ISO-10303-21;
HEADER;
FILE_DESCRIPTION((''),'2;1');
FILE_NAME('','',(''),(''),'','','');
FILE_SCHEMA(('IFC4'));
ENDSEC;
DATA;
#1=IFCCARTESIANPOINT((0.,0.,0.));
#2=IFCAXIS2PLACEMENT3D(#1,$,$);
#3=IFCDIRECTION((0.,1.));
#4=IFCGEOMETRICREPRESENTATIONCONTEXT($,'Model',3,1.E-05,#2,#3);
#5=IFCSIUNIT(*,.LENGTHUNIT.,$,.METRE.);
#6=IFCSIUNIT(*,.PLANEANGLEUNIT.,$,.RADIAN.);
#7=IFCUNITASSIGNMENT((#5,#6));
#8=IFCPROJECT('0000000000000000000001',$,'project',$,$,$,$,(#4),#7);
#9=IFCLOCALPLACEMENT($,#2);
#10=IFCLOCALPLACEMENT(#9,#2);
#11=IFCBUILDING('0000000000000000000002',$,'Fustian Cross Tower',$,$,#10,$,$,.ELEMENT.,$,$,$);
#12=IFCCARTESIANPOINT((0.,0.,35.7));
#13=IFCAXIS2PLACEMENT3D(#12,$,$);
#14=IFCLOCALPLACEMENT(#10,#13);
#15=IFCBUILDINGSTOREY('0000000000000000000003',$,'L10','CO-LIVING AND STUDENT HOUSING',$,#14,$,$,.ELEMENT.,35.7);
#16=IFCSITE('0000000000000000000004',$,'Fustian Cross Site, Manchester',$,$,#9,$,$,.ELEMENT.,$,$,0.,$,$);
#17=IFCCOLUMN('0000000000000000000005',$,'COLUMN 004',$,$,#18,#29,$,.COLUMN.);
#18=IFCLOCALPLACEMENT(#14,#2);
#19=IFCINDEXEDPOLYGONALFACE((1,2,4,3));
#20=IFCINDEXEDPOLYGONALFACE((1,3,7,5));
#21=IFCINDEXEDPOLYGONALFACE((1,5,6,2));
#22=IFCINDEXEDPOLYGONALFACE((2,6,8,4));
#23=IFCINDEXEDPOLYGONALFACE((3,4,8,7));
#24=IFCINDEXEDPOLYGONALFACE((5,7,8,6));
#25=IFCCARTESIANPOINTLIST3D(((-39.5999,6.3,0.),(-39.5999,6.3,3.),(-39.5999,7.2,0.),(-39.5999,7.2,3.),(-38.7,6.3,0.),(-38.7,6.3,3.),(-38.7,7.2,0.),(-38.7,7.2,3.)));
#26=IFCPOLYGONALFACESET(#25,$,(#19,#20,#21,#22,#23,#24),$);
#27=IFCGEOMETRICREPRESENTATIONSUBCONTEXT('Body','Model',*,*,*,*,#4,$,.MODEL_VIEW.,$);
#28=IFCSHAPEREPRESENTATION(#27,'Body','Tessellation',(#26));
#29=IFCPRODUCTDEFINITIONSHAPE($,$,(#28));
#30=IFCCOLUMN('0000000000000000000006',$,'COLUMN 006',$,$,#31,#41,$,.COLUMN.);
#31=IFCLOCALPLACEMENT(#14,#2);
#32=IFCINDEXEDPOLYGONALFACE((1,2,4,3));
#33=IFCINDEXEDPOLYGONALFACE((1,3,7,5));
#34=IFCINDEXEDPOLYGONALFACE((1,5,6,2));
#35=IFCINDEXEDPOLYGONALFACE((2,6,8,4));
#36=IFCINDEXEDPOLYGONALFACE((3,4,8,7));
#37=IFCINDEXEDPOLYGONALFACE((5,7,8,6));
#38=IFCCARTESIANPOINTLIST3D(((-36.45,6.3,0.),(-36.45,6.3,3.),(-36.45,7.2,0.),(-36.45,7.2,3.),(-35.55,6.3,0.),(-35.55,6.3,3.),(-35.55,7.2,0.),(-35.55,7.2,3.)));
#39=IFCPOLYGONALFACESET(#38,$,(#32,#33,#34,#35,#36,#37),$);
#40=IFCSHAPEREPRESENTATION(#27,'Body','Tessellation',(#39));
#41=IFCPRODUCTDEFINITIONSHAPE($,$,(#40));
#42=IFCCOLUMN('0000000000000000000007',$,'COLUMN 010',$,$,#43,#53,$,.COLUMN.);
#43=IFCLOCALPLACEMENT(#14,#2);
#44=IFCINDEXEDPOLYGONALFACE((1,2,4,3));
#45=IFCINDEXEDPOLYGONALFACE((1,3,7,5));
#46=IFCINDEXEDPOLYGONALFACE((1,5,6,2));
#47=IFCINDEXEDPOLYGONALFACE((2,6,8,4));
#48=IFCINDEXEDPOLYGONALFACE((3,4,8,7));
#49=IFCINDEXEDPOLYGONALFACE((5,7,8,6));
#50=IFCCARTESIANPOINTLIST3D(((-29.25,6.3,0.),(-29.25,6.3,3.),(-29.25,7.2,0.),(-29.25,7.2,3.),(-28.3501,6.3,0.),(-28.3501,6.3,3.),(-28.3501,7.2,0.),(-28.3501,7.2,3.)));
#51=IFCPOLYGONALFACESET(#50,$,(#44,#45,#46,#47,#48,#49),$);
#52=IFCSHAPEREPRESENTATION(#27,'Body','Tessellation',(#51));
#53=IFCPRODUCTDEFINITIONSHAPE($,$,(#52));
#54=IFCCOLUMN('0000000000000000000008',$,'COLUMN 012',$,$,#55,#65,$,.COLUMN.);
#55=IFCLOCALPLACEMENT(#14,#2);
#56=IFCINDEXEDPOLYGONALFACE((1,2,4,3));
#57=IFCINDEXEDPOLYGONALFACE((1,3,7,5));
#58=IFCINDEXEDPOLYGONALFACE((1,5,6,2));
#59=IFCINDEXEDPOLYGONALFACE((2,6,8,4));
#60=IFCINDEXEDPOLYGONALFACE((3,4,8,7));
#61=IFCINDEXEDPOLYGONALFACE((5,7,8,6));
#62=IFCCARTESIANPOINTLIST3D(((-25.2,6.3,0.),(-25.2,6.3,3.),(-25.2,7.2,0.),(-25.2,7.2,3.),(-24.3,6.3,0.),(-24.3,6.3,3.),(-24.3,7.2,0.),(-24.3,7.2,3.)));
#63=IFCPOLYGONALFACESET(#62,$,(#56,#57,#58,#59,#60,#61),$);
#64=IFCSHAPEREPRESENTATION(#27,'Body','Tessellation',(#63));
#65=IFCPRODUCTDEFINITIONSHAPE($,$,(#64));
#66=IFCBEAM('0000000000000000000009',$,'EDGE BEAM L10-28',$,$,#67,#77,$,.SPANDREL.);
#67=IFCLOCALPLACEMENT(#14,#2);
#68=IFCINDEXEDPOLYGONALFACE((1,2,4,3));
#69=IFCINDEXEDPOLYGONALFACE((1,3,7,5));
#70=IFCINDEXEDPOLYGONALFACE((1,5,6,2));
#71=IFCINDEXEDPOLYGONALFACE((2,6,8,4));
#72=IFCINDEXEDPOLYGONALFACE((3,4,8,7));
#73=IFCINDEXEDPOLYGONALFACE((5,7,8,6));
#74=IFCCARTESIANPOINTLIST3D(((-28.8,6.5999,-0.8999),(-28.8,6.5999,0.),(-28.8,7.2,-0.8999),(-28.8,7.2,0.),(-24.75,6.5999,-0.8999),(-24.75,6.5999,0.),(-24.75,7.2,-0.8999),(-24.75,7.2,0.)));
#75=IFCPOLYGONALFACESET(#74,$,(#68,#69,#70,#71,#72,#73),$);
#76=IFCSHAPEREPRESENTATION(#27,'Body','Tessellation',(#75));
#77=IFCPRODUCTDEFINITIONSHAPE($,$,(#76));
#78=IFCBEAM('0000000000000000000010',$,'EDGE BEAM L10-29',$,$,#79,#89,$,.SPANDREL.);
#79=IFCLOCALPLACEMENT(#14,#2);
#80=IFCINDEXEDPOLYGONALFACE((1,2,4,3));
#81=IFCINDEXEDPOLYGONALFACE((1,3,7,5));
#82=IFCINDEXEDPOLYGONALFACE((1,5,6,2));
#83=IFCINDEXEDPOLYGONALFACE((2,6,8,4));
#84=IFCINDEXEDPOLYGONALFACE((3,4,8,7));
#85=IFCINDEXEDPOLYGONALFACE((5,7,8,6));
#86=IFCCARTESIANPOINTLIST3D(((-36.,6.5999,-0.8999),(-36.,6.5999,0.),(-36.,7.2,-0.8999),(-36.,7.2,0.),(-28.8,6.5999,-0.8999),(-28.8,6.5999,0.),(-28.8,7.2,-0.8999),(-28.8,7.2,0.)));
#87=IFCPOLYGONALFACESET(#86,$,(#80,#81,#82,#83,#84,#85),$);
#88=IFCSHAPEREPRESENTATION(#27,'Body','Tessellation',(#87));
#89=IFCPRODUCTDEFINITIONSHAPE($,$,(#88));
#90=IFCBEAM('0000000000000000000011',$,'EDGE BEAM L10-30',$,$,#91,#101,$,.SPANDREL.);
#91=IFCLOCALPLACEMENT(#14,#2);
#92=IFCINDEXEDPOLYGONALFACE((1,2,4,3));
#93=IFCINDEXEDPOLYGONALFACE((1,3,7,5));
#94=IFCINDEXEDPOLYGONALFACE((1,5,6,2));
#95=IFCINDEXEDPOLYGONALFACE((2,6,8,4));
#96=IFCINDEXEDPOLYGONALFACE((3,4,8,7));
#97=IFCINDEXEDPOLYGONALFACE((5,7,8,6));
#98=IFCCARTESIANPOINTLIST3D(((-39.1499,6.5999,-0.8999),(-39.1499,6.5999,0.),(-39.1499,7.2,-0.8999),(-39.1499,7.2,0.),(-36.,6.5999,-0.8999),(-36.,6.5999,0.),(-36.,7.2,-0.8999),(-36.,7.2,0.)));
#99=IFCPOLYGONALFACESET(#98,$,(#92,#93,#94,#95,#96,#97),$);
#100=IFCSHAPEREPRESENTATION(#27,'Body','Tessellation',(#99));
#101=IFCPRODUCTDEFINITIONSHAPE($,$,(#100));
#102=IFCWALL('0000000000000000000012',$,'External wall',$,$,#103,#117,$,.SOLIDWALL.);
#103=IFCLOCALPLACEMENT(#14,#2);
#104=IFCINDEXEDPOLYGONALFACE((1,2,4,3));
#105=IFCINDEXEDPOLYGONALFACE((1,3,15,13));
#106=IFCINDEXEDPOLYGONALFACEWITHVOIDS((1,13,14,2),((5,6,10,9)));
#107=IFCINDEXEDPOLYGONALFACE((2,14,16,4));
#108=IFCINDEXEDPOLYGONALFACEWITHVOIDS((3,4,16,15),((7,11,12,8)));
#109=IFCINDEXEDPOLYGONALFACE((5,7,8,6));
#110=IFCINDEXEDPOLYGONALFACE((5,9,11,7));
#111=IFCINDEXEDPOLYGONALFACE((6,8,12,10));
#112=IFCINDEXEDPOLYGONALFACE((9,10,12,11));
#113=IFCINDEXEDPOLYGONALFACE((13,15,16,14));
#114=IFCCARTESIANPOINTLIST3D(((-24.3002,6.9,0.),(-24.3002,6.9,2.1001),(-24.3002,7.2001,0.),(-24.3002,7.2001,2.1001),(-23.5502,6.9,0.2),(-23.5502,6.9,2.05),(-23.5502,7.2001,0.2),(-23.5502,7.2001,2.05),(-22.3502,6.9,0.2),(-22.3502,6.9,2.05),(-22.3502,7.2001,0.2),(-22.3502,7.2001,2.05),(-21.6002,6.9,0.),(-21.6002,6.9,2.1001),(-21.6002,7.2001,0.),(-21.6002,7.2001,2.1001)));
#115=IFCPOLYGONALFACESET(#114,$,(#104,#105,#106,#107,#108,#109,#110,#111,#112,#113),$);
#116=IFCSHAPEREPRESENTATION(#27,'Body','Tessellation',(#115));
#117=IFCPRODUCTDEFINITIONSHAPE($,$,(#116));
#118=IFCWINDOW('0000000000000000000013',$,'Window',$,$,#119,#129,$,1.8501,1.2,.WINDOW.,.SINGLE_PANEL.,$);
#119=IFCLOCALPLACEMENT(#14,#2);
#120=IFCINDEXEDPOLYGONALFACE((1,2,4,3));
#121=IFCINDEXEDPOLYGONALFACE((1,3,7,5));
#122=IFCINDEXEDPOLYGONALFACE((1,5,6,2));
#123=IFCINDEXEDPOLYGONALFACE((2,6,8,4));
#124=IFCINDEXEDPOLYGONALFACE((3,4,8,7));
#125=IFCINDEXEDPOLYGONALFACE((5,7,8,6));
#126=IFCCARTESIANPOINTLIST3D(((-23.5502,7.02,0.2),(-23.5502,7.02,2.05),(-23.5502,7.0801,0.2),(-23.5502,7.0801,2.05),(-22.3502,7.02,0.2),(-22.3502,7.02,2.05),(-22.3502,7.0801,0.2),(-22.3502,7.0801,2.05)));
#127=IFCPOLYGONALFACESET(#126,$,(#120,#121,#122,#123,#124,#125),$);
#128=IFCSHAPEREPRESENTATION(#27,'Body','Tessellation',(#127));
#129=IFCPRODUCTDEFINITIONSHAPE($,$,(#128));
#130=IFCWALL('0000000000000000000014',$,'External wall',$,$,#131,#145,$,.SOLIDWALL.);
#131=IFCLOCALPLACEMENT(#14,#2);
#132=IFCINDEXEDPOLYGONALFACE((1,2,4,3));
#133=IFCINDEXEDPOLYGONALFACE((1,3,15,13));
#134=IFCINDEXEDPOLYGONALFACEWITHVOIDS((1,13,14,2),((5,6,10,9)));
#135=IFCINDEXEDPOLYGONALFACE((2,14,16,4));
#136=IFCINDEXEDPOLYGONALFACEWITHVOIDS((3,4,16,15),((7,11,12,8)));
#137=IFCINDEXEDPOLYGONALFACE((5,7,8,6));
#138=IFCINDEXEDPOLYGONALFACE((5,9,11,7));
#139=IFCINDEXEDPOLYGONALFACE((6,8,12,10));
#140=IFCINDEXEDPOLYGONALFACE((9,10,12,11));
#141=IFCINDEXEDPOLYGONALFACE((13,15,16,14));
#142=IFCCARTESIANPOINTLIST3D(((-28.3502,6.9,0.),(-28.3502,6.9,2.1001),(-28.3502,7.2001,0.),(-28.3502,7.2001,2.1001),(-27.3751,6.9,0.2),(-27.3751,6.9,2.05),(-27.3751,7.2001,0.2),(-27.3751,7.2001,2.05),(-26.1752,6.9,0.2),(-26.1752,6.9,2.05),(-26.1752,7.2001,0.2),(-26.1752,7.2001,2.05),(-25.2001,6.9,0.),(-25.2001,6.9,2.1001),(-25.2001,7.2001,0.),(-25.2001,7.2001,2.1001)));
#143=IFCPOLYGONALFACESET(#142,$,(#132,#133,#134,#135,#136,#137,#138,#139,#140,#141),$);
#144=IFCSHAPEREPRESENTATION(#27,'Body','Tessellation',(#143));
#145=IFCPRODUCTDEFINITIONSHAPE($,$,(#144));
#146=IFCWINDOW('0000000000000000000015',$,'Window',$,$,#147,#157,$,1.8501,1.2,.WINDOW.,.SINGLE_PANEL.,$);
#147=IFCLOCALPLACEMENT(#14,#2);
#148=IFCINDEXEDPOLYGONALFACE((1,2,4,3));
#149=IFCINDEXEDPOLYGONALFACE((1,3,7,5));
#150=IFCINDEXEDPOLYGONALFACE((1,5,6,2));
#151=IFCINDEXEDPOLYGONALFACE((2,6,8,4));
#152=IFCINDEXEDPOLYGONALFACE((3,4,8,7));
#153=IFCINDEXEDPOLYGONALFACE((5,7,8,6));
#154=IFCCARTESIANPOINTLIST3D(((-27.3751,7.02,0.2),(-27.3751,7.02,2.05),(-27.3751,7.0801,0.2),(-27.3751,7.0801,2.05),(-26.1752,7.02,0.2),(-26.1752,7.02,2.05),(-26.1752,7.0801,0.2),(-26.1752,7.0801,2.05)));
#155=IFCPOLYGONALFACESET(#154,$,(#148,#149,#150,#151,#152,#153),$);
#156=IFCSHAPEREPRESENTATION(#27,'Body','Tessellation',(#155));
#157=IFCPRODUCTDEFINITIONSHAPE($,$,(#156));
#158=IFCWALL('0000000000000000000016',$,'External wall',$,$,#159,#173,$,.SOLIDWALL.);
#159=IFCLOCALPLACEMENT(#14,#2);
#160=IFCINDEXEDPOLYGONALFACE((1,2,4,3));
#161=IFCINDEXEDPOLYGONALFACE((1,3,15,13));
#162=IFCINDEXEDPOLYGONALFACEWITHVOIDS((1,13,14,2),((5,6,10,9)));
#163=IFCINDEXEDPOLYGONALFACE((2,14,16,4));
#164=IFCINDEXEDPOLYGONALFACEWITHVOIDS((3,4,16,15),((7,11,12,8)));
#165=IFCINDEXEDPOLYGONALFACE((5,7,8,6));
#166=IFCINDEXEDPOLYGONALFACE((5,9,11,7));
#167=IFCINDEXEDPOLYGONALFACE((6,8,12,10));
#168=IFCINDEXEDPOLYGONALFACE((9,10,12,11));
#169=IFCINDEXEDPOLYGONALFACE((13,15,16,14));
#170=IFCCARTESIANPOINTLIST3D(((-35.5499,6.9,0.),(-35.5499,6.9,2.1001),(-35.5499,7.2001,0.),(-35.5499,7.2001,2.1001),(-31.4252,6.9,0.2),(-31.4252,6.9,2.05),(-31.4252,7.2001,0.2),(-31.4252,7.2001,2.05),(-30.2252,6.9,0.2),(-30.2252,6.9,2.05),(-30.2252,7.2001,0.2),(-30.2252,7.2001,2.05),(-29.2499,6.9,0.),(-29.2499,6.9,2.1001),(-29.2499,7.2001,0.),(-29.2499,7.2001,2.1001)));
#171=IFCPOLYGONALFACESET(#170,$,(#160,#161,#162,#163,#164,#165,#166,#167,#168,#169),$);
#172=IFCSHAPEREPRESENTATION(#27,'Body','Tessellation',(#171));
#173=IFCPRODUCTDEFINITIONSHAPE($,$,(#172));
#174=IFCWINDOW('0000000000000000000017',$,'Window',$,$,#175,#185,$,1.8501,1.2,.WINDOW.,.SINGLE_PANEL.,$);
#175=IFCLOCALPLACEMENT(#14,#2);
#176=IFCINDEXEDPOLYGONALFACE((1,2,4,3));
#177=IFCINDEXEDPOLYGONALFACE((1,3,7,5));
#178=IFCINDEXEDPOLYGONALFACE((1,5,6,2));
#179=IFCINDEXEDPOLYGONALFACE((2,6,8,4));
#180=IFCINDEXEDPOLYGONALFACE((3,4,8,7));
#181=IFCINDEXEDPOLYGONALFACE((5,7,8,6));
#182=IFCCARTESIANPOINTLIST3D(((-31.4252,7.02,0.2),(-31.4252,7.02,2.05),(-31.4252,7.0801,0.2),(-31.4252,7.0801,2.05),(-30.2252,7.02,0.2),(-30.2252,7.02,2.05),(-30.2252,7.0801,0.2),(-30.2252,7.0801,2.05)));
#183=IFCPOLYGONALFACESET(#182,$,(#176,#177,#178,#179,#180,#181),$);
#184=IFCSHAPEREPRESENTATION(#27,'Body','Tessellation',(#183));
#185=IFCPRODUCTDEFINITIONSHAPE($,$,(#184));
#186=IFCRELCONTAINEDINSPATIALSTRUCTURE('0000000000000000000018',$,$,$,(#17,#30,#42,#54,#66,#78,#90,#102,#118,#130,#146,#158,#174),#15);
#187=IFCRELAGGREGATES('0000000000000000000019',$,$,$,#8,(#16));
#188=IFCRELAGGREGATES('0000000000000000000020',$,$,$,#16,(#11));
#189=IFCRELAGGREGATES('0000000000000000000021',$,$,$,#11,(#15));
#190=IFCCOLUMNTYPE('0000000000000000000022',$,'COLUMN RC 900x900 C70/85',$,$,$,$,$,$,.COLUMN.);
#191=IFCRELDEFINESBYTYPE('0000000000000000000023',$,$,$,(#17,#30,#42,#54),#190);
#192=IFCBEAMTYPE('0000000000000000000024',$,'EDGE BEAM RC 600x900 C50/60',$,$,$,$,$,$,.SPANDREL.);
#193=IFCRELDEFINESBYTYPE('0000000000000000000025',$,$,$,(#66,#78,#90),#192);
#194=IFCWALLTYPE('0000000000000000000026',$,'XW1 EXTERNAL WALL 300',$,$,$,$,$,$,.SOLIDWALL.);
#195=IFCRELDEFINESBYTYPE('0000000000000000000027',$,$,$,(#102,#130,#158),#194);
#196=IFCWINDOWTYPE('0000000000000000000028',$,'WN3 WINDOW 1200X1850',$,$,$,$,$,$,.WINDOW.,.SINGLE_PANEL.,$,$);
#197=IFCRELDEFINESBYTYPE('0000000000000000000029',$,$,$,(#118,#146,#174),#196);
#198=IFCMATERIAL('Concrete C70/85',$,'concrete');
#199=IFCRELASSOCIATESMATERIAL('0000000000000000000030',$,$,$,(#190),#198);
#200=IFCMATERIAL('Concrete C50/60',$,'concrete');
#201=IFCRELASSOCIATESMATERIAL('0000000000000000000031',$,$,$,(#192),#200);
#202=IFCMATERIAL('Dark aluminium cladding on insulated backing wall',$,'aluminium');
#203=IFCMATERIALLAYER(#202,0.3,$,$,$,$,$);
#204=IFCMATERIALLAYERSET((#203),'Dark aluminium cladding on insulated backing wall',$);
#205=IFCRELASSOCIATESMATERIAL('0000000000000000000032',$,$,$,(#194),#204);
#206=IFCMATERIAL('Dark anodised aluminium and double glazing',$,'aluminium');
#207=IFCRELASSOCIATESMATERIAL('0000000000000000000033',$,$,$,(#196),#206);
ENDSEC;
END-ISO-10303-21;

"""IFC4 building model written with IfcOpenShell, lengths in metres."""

from ifc_helpers import new_model, si_unit, direction, frame, frame_2d, origin, origin_2d, place, context, subcontext, project, spatial, rectangle, extrude, material, layer, layer_set, material_profile, profile_set, type_object, element, fill, save


model = new_model("IFC4")

# Units and contexts
model_context = context("Model", 3, precision=1e-05, world=origin(), true_north=direction((0.0, 1.0)))
body_context = subcontext(model_context, "Body", "Model", "MODEL_VIEW")
ifc_project = project(units=[si_unit("LENGTHUNIT", "METRE"), si_unit("PLANEANGLEUNIT", "RADIAN")], contexts=[model_context])

# Site, building, storey
site_placement = place(None, origin())
site = spatial("IfcSite", under=ifc_project, at=site_placement, Name="Fustian Cross Site, Manchester", CompositionType="ELEMENT", RefElevation=0.0)
building_placement = place(site_placement, origin())
building = spatial("IfcBuilding", under=site, at=building_placement, Name="Fustian Cross Tower", CompositionType="ELEMENT")
storey_placement = place(building_placement, frame((0.0, 0.0, 35.7)))
storey = spatial("IfcBuildingStorey", under=building, at=storey_placement, Name="L10", Description="CO-LIVING AND STUDENT HOUSING", CompositionType="ELEMENT", Elevation=35.7)

# Columns
ifc_material_1 = material(Name="Concrete C70/85", Category="concrete")
ifc_material_profile_1 = material_profile(ifc_material_1, rectangle(XDim=0.8999, YDim=0.8999, at=origin_2d()), Name="RC 900x900")
ifc_profile_set_1 = profile_set([ifc_material_profile_1], Name="Concrete C70/85")
column_type = type_object("IfcColumnType", Name="COLUMN RC 900x900 C70/85", PredefinedType="COLUMN", material=ifc_profile_set_1)
for number, where, z_axis, x_axis, name in (
    (1, (-39.1499, 6.75, 0.0), (0.0, 0.0, 1.0), (1.0, 0.0, 0.0), "COLUMN 004"),
    (2, (-36.0, 6.75, 0.0), (0.0, 0.0, 1.0), (1.0, 0.0, 0.0), "COLUMN 006"),
    (3, (-28.8, 6.75, 0.0), (0.0, 0.0, 1.0), (1.0, 0.0, 0.0), "COLUMN 010"),
    (4, (-24.75, 6.75, 0.0), (0.0, 0.0, 1.0), (1.0, 0.0, 0.0), "COLUMN 012"),
):
    element("IfcColumn", number, at=place(storey_placement, frame(where, z_axis=z_axis, x_axis=x_axis)), inside=storey, type_object=column_type, Name=name, PredefinedType="COLUMN", context=body_context, shape_type="SweptSolid", body=[
        extrude(rectangle(XDim=0.8999, YDim=0.8999, at=origin_2d()), origin(), (0.0, 0.0, 1.0), 3.0),
    ])

# Beams
ifc_material_2 = material(Name="Concrete C50/60", Category="concrete")
ifc_material_profile_2 = material_profile(ifc_material_2, rectangle(XDim=0.6001, YDim=0.8999, at=origin_2d()), Name="RC 600x900")
ifc_profile_set_2 = profile_set([ifc_material_profile_2], Name="Concrete C50/60")
beam_type = type_object("IfcBeamType", Name="EDGE BEAM RC 600x900 C50/60", PredefinedType="SPANDREL", material=ifc_profile_set_2)
beam_1_placement = place(storey_placement, frame((-24.75, 6.8999, -0.45), z_axis=(-1.0, 0.0, 0.0), x_axis=(0.0, -1.0, 0.0)))
element("IfcBeam", 5, at=beam_1_placement, inside=storey, type_object=beam_type, Name="EDGE BEAM L10-28", PredefinedType="SPANDREL", context=body_context, shape_type="SweptSolid", body=[
    extrude(rectangle(XDim=0.6001, YDim=0.8999, at=origin_2d()), origin(), (0.0, 0.0, 1.0), 4.05),
])
beam_2_placement = place(storey_placement, frame((-28.8, 6.8999, -0.45), z_axis=(-1.0, 0.0, 0.0), x_axis=(0.0, -1.0, 0.0)))
element("IfcBeam", 6, at=beam_2_placement, inside=storey, type_object=beam_type, Name="EDGE BEAM L10-29", PredefinedType="SPANDREL", context=body_context, shape_type="SweptSolid", body=[
    extrude(rectangle(XDim=0.6001, YDim=0.8999, at=origin_2d()), origin(), (0.0, 0.0, 1.0), 7.2),
])
beam_3_placement = place(storey_placement, frame((-36.0, 6.8999, -0.45), z_axis=(-1.0, 0.0, 0.0), x_axis=(0.0, -1.0, 0.0)))
element("IfcBeam", 7, at=beam_3_placement, inside=storey, type_object=beam_type, Name="EDGE BEAM L10-30", PredefinedType="SPANDREL", context=body_context, shape_type="SweptSolid", body=[
    extrude(rectangle(XDim=0.6001, YDim=0.8999, at=origin_2d()), origin(), (0.0, 0.0, 1.0), 3.1499),
])

# Walls, openings, windows
ifc_material_3 = material(Name="Dark aluminium cladding on insulated backing wall", Category="aluminium")
ifc_layer = layer(ifc_material_3, 0.3)
ifc_layer_set = layer_set([ifc_layer], Name="Dark aluminium cladding on insulated backing wall")
wall_type = type_object("IfcWallType", Name="XW1 EXTERNAL WALL 300", PredefinedType="SOLIDWALL", material=ifc_layer_set)
wall_1_placement = place(storey_placement, frame((-21.6001, 7.05, 0.0), z_axis=(0.0, 0.0, 1.0), x_axis=(-1.0, 0.0, 0.0)))
wall_1 = element("IfcWall", 8, at=wall_1_placement, inside=storey, type_object=wall_type, Name="External wall", PredefinedType="SOLIDWALL", context=body_context, shape_type="SweptSolid", body=[
    extrude(rectangle(XDim=2.7, YDim=0.3, at=frame_2d((1.3501, 0.0))), origin(), (0.0, 0.0, 1.0), 2.1001),
])
opening_1_placement = place(wall_1_placement, frame((0.75, 0.0, 0.2)))
opening_1 = element("IfcOpeningElement", 9, at=opening_1_placement, cuts=wall_1, PredefinedType="OPENING", context=body_context, shape_type="SweptSolid", body=[
    extrude(rectangle(XDim=1.2, YDim=1.8501, at=frame_2d((0.6001, 0.925))), frame((0.0, 0.1599, 0.0), z_axis=(0.0, -1.0, 0.0), x_axis=(1.0, 0.0, 0.0)), (0.0, 0.0, 1.0), 0.3201),
])
ifc_material_4 = material(Name="Dark anodised aluminium and double glazing", Category="aluminium")
window_type = type_object("IfcWindowType", Name="WN3 WINDOW 1200X1850", PartitioningType="SINGLE_PANEL", PredefinedType="WINDOW", material=ifc_material_4)
window_1_placement = place(opening_1_placement, origin())
window_1 = element("IfcWindow", 10, at=window_1_placement, inside=storey, type_object=window_type, Name="Window", OverallHeight=1.8501, OverallWidth=1.2, PartitioningType="SINGLE_PANEL", PredefinedType="WINDOW", context=body_context, shape_type="SweptSolid", body=[
    extrude(rectangle(XDim=1.2, YDim=1.8501, at=frame_2d((0.6001, 0.925))), frame((0.0, 0.03, 0.0), z_axis=(0.0, -1.0, 0.0), x_axis=(1.0, 0.0, 0.0)), (0.0, 0.0, 1.0), 0.0601),
])
fill(opening_1, window_1)
wall_2_placement = place(storey_placement, frame((-25.2, 7.05, 0.0), z_axis=(0.0, 0.0, 1.0), x_axis=(-1.0, 0.0, 0.0)))
wall_2 = element("IfcWall", 11, at=wall_2_placement, inside=storey, type_object=wall_type, Name="External wall", PredefinedType="SOLIDWALL", context=body_context, shape_type="SweptSolid", body=[
    extrude(rectangle(XDim=3.1501, YDim=0.3, at=frame_2d((1.5752, 0.0))), origin(), (0.0, 0.0, 1.0), 2.1001),
])
opening_2_placement = place(wall_2_placement, frame((0.9751, 0.0, 0.2)))
opening_2 = element("IfcOpeningElement", 12, at=opening_2_placement, cuts=wall_2, PredefinedType="OPENING", context=body_context, shape_type="SweptSolid", body=[
    extrude(rectangle(XDim=1.2, YDim=1.8501, at=frame_2d((0.6001, 0.925))), frame((0.0, 0.1599, 0.0), z_axis=(0.0, -1.0, 0.0), x_axis=(1.0, 0.0, 0.0)), (0.0, 0.0, 1.0), 0.3201),
])
window_2_placement = place(opening_2_placement, origin())
window_2 = element("IfcWindow", 13, at=window_2_placement, inside=storey, type_object=window_type, Name="Window", OverallHeight=1.8501, OverallWidth=1.2, PartitioningType="SINGLE_PANEL", PredefinedType="WINDOW", context=body_context, shape_type="SweptSolid", body=[
    extrude(rectangle(XDim=1.2, YDim=1.8501, at=frame_2d((0.6001, 0.925))), frame((0.0, 0.03, 0.0), z_axis=(0.0, -1.0, 0.0), x_axis=(1.0, 0.0, 0.0)), (0.0, 0.0, 1.0), 0.0601),
])
fill(opening_2, window_2)
wall_3_placement = place(storey_placement, frame((-29.25, 7.05, 0.0), z_axis=(0.0, 0.0, 1.0), x_axis=(-1.0, 0.0, 0.0)))
wall_3 = element("IfcWall", 14, at=wall_3_placement, inside=storey, type_object=wall_type, Name="External wall", PredefinedType="SOLIDWALL", context=body_context, shape_type="SweptSolid", body=[
    extrude(rectangle(XDim=6.3, YDim=0.3, at=frame_2d((3.1499, 0.0))), origin(), (0.0, 0.0, 1.0), 2.1001),
])
opening_3_placement = place(wall_3_placement, frame((0.9751, 0.0, 0.2)))
opening_3 = element("IfcOpeningElement", 15, at=opening_3_placement, cuts=wall_3, PredefinedType="OPENING", context=body_context, shape_type="SweptSolid", body=[
    extrude(rectangle(XDim=1.2, YDim=1.8501, at=frame_2d((0.6001, 0.925))), frame((0.0, 0.1599, 0.0), z_axis=(0.0, -1.0, 0.0), x_axis=(1.0, 0.0, 0.0)), (0.0, 0.0, 1.0), 0.3201),
])
window_3_placement = place(opening_3_placement, origin())
window_3 = element("IfcWindow", 16, at=window_3_placement, inside=storey, type_object=window_type, Name="Window", OverallHeight=1.8501, OverallWidth=1.2, PartitioningType="SINGLE_PANEL", PredefinedType="WINDOW", context=body_context, shape_type="SweptSolid", body=[
    extrude(rectangle(XDim=1.2, YDim=1.8501, at=frame_2d((0.6001, 0.925))), frame((0.0, 0.03, 0.0), z_axis=(0.0, -1.0, 0.0), x_axis=(1.0, 0.0, 0.0)), (0.0, 0.0, 1.0), 0.0601),
])
fill(opening_3, window_3)

save(model, "model.ifc")
